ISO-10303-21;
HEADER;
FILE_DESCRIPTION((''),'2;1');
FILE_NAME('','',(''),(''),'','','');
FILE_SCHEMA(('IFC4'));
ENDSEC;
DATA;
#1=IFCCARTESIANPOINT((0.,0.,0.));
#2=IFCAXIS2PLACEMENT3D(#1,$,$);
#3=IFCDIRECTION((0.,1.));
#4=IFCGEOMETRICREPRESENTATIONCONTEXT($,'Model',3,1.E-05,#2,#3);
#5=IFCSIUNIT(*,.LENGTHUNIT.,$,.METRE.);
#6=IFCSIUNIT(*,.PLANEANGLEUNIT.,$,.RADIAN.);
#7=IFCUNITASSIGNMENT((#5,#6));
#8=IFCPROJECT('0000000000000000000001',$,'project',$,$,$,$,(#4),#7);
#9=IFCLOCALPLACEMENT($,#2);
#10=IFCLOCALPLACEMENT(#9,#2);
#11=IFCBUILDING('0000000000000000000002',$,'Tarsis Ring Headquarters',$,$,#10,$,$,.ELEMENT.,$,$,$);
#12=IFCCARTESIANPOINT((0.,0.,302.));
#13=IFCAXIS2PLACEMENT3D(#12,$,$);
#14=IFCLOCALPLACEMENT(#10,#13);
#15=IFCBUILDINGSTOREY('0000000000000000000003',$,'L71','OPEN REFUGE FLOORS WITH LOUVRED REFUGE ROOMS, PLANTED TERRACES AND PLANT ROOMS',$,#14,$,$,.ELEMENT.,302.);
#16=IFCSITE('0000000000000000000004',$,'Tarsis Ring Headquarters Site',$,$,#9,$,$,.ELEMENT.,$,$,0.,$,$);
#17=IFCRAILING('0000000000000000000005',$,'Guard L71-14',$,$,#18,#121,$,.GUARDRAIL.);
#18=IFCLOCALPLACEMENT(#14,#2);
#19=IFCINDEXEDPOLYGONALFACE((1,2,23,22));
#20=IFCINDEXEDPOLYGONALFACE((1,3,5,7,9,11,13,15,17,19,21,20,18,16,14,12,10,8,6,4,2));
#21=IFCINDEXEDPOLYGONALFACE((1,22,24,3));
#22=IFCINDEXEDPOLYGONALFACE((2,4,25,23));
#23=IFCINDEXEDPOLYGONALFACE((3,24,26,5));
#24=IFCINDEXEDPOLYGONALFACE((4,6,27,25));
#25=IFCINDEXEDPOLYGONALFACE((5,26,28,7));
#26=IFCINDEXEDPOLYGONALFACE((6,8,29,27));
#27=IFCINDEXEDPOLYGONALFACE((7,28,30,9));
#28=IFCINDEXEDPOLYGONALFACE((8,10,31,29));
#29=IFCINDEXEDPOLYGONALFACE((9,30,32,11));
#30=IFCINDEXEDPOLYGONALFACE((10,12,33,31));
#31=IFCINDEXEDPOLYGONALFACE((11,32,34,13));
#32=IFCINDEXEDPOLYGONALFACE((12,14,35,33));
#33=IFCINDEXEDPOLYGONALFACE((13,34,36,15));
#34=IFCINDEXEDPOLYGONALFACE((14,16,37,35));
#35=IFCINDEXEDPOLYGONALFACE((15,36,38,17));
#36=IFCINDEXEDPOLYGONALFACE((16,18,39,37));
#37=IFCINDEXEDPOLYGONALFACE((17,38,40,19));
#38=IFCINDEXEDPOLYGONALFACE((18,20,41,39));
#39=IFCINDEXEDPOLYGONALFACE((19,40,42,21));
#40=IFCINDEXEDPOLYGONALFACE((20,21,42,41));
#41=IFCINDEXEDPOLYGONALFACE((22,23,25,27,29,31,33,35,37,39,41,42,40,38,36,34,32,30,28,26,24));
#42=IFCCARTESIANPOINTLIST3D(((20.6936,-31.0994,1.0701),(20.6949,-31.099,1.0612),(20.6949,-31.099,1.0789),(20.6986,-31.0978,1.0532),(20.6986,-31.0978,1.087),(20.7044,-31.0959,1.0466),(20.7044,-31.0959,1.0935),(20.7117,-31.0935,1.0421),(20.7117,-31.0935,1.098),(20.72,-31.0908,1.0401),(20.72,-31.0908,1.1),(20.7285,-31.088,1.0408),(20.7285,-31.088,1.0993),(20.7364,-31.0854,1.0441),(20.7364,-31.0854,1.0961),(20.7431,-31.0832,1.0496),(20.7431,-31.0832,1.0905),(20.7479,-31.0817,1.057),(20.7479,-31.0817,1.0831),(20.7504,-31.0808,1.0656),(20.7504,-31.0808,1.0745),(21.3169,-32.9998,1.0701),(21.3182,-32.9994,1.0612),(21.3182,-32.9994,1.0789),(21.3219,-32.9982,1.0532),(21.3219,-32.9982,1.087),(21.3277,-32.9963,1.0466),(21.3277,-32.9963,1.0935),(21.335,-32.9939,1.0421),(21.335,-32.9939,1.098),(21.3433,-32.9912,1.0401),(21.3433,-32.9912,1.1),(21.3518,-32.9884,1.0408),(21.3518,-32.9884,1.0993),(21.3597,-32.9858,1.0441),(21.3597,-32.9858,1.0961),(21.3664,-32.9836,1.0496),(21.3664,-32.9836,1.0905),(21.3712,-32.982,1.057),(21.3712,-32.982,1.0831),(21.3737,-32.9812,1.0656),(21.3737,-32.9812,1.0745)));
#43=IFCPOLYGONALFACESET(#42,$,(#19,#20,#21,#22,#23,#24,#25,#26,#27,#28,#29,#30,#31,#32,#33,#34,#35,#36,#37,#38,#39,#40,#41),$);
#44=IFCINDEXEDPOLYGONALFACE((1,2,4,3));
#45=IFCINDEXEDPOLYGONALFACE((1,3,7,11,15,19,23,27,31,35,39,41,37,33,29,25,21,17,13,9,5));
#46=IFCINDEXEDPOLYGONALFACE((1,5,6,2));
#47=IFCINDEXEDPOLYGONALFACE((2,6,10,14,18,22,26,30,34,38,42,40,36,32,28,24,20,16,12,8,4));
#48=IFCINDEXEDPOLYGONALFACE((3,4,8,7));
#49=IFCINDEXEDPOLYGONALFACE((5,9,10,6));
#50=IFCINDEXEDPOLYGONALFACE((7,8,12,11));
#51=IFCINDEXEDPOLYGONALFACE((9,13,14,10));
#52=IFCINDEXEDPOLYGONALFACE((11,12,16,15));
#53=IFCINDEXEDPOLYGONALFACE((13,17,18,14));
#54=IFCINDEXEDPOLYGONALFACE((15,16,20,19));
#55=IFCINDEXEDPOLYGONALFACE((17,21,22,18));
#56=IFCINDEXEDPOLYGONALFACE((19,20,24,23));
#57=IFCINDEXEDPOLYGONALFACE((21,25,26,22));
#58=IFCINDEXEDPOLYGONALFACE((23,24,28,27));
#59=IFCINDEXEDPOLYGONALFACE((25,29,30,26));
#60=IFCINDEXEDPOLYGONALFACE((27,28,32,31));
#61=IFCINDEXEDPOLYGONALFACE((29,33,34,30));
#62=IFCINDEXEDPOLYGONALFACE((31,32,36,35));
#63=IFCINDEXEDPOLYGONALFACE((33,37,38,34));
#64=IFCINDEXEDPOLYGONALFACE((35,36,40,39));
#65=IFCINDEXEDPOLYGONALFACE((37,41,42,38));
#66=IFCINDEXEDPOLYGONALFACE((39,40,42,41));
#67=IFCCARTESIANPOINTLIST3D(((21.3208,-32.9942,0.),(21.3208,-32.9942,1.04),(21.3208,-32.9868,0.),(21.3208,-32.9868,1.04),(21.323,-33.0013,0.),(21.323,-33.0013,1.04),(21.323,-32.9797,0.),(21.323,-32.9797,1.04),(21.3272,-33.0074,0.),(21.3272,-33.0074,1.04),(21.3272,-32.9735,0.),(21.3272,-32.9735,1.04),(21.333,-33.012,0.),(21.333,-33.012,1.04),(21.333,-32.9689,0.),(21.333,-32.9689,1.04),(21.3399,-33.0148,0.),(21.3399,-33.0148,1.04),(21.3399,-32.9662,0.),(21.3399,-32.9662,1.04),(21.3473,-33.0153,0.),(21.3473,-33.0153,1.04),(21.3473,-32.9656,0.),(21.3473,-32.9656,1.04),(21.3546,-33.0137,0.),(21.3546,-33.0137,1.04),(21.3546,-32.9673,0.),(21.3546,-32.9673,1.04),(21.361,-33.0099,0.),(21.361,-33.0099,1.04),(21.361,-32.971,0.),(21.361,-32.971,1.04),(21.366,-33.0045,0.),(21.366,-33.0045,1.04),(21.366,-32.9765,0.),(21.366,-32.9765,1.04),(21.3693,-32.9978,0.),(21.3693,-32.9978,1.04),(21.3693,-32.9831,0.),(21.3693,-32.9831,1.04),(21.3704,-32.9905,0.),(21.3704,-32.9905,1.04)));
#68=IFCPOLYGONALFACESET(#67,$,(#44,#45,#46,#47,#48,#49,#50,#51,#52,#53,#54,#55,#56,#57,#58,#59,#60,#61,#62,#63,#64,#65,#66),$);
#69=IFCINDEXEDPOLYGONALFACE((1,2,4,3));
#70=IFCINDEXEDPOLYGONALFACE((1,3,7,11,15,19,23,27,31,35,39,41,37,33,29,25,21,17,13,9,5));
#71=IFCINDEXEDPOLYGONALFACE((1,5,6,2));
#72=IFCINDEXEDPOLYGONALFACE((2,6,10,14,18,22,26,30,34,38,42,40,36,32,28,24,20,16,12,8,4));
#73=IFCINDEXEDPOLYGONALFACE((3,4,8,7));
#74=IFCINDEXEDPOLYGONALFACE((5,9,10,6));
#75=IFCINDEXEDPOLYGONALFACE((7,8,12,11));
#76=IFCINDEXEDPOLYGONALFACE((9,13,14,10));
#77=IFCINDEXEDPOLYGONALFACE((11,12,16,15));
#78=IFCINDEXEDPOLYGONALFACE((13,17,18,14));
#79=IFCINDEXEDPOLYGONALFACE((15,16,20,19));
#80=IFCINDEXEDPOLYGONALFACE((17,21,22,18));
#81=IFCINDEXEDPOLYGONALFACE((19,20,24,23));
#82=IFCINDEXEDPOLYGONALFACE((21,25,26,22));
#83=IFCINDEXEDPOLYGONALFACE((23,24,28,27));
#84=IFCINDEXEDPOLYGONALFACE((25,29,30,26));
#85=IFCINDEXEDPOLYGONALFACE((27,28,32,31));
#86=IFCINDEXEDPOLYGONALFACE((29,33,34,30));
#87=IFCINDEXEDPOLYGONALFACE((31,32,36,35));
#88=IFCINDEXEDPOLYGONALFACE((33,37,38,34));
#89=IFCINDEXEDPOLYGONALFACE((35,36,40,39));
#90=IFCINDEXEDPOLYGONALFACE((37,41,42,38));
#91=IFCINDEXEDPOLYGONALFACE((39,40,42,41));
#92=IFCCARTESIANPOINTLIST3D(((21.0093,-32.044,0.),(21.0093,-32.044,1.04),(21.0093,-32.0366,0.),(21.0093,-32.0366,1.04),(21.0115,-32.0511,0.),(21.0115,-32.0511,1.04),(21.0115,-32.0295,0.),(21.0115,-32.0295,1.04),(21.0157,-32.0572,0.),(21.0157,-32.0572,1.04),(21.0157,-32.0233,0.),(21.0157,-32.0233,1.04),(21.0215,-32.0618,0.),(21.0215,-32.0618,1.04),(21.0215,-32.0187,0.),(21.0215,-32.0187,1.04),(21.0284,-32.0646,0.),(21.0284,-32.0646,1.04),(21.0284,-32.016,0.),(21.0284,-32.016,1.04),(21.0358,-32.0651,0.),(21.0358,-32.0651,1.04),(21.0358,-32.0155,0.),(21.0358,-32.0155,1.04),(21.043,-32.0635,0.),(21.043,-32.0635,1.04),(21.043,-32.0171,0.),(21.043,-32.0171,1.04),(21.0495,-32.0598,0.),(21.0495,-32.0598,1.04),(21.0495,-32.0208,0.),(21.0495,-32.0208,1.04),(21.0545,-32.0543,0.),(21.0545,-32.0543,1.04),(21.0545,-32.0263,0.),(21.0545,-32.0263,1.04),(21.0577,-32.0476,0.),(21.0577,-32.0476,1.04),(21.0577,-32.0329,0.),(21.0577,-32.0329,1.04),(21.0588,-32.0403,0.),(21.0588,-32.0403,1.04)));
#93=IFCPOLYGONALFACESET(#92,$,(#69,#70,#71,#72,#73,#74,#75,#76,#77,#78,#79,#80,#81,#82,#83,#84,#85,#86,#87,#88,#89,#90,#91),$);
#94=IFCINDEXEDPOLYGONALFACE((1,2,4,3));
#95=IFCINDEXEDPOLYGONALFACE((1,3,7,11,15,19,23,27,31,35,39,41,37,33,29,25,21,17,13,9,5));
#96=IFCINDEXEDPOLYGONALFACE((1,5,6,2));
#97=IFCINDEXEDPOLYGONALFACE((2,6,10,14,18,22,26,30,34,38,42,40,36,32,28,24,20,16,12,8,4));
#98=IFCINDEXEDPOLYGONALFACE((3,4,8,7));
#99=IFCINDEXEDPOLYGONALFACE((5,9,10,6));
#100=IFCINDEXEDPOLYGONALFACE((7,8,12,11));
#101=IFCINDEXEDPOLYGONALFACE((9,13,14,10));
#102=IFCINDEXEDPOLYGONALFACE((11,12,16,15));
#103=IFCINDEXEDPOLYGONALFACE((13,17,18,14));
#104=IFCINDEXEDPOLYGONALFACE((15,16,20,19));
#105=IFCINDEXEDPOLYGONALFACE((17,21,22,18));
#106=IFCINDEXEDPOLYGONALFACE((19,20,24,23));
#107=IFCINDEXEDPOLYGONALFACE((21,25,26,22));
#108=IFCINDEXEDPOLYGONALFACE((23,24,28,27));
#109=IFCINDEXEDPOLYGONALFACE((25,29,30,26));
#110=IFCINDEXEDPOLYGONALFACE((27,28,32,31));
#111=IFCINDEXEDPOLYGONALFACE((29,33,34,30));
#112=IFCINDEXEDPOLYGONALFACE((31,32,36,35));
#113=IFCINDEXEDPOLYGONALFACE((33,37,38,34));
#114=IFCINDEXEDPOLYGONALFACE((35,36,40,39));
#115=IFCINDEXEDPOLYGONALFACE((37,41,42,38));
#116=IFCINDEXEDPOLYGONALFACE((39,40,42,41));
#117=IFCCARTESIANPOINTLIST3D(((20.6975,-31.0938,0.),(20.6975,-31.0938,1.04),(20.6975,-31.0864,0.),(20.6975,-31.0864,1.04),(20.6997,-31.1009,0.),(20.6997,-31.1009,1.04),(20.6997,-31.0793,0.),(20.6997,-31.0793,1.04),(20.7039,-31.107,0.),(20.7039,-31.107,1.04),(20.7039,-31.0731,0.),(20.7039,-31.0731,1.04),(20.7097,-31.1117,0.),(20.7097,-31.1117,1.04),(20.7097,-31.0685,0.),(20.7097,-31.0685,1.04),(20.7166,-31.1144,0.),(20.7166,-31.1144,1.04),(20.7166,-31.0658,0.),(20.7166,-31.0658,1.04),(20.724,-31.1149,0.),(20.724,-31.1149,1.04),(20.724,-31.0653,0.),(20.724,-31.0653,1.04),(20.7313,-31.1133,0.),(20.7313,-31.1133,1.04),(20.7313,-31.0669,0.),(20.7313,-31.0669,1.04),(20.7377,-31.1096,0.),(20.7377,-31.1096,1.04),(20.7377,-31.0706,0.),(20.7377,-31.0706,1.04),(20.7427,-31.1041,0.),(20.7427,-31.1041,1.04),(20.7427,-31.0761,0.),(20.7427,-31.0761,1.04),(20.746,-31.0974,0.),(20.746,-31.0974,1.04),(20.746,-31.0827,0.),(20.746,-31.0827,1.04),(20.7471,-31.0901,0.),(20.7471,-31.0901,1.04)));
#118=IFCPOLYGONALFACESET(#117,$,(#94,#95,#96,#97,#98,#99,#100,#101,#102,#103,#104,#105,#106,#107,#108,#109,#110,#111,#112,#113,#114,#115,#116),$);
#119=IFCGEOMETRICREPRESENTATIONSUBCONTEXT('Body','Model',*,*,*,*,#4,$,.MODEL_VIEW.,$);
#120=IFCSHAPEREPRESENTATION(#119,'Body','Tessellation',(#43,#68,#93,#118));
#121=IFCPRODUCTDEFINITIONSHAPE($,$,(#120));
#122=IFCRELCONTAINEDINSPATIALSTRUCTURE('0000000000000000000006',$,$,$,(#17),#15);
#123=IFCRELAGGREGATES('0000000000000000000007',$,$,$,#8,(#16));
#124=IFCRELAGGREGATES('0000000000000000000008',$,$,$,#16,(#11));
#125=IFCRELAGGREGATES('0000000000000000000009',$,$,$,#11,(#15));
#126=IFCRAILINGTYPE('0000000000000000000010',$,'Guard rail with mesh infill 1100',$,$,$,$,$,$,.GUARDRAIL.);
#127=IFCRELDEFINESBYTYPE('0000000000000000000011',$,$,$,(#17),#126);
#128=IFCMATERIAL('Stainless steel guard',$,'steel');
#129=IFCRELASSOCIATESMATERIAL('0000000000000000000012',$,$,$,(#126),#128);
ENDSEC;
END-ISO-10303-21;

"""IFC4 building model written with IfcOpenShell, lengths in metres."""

from ifc_helpers import new_model, si_unit, direction, frame, origin, origin_2d, place, context, subcontext, project, spatial, circle, extrude, material, type_object, element, save


model = new_model("IFC4")

# Units and contexts
model_context = context("Model", 3, precision=1e-05, world=origin(), true_north=direction((0.0, 1.0)))
body_context = subcontext(model_context, "Body", "Model", "MODEL_VIEW")
ifc_project = project(units=[si_unit("LENGTHUNIT", "METRE"), si_unit("PLANEANGLEUNIT", "RADIAN")], contexts=[model_context])

# Site, building, storey
site_placement = place(None, origin())
site = spatial("IfcSite", under=ifc_project, at=site_placement, Name="Tarsis Ring Headquarters Site", CompositionType="ELEMENT", RefElevation=0.0)
building_placement = place(site_placement, origin())
building = spatial("IfcBuilding", under=site, at=building_placement, Name="Tarsis Ring Headquarters", CompositionType="ELEMENT")
storey_placement = place(building_placement, frame((0.0, 0.0, 302.0)))
storey = spatial("IfcBuildingStorey", under=building, at=storey_placement, Name="L71", Description="OPEN REFUGE FLOORS WITH LOUVRED REFUGE ROOMS, PLANTED TERRACES AND PLANT ROOMS", CompositionType="ELEMENT", Elevation=302.0)

# Railing
ifc_material_1 = material(Name="Stainless steel guard", Category="steel")
railing_type_1 = type_object("IfcRailingType", Name="Guard rail with mesh infill 1100", PredefinedType="GUARDRAIL", material=ifc_material_1)
railing_1_placement = place(storey_placement, frame((21.3455, -32.9905, 0.0)))
element("IfcRailing", 1, at=railing_1_placement, inside=storey, type_object=railing_type_1, Name="Guard L71-14", PredefinedType="GUARDRAIL", context=body_context, shape_type="SweptSolid", body=[
    extrude(circle(Radius=0.03, at=origin_2d()), frame((0.0, 0.0, 1.0701), z_axis=(-0.311646, 0.950198, 0.0), x_axis=(-0.950198, -0.311646, 0.0)), (0.0, 0.0, 1.0), 2.0),
    extrude(circle(Radius=0.0249, at=origin_2d()), origin(), (0.0, 0.0, 1.0), 1.04),
    extrude(circle(Radius=0.0249, at=origin_2d()), frame((-0.3115, 0.9502, 0.0)), (0.0, 0.0, 1.0), 1.04),
    extrude(circle(Radius=0.0249, at=origin_2d()), frame((-0.6233, 1.9004, 0.0)), (0.0, 0.0, 1.0), 1.04),
])

save(model, "model.ifc")
